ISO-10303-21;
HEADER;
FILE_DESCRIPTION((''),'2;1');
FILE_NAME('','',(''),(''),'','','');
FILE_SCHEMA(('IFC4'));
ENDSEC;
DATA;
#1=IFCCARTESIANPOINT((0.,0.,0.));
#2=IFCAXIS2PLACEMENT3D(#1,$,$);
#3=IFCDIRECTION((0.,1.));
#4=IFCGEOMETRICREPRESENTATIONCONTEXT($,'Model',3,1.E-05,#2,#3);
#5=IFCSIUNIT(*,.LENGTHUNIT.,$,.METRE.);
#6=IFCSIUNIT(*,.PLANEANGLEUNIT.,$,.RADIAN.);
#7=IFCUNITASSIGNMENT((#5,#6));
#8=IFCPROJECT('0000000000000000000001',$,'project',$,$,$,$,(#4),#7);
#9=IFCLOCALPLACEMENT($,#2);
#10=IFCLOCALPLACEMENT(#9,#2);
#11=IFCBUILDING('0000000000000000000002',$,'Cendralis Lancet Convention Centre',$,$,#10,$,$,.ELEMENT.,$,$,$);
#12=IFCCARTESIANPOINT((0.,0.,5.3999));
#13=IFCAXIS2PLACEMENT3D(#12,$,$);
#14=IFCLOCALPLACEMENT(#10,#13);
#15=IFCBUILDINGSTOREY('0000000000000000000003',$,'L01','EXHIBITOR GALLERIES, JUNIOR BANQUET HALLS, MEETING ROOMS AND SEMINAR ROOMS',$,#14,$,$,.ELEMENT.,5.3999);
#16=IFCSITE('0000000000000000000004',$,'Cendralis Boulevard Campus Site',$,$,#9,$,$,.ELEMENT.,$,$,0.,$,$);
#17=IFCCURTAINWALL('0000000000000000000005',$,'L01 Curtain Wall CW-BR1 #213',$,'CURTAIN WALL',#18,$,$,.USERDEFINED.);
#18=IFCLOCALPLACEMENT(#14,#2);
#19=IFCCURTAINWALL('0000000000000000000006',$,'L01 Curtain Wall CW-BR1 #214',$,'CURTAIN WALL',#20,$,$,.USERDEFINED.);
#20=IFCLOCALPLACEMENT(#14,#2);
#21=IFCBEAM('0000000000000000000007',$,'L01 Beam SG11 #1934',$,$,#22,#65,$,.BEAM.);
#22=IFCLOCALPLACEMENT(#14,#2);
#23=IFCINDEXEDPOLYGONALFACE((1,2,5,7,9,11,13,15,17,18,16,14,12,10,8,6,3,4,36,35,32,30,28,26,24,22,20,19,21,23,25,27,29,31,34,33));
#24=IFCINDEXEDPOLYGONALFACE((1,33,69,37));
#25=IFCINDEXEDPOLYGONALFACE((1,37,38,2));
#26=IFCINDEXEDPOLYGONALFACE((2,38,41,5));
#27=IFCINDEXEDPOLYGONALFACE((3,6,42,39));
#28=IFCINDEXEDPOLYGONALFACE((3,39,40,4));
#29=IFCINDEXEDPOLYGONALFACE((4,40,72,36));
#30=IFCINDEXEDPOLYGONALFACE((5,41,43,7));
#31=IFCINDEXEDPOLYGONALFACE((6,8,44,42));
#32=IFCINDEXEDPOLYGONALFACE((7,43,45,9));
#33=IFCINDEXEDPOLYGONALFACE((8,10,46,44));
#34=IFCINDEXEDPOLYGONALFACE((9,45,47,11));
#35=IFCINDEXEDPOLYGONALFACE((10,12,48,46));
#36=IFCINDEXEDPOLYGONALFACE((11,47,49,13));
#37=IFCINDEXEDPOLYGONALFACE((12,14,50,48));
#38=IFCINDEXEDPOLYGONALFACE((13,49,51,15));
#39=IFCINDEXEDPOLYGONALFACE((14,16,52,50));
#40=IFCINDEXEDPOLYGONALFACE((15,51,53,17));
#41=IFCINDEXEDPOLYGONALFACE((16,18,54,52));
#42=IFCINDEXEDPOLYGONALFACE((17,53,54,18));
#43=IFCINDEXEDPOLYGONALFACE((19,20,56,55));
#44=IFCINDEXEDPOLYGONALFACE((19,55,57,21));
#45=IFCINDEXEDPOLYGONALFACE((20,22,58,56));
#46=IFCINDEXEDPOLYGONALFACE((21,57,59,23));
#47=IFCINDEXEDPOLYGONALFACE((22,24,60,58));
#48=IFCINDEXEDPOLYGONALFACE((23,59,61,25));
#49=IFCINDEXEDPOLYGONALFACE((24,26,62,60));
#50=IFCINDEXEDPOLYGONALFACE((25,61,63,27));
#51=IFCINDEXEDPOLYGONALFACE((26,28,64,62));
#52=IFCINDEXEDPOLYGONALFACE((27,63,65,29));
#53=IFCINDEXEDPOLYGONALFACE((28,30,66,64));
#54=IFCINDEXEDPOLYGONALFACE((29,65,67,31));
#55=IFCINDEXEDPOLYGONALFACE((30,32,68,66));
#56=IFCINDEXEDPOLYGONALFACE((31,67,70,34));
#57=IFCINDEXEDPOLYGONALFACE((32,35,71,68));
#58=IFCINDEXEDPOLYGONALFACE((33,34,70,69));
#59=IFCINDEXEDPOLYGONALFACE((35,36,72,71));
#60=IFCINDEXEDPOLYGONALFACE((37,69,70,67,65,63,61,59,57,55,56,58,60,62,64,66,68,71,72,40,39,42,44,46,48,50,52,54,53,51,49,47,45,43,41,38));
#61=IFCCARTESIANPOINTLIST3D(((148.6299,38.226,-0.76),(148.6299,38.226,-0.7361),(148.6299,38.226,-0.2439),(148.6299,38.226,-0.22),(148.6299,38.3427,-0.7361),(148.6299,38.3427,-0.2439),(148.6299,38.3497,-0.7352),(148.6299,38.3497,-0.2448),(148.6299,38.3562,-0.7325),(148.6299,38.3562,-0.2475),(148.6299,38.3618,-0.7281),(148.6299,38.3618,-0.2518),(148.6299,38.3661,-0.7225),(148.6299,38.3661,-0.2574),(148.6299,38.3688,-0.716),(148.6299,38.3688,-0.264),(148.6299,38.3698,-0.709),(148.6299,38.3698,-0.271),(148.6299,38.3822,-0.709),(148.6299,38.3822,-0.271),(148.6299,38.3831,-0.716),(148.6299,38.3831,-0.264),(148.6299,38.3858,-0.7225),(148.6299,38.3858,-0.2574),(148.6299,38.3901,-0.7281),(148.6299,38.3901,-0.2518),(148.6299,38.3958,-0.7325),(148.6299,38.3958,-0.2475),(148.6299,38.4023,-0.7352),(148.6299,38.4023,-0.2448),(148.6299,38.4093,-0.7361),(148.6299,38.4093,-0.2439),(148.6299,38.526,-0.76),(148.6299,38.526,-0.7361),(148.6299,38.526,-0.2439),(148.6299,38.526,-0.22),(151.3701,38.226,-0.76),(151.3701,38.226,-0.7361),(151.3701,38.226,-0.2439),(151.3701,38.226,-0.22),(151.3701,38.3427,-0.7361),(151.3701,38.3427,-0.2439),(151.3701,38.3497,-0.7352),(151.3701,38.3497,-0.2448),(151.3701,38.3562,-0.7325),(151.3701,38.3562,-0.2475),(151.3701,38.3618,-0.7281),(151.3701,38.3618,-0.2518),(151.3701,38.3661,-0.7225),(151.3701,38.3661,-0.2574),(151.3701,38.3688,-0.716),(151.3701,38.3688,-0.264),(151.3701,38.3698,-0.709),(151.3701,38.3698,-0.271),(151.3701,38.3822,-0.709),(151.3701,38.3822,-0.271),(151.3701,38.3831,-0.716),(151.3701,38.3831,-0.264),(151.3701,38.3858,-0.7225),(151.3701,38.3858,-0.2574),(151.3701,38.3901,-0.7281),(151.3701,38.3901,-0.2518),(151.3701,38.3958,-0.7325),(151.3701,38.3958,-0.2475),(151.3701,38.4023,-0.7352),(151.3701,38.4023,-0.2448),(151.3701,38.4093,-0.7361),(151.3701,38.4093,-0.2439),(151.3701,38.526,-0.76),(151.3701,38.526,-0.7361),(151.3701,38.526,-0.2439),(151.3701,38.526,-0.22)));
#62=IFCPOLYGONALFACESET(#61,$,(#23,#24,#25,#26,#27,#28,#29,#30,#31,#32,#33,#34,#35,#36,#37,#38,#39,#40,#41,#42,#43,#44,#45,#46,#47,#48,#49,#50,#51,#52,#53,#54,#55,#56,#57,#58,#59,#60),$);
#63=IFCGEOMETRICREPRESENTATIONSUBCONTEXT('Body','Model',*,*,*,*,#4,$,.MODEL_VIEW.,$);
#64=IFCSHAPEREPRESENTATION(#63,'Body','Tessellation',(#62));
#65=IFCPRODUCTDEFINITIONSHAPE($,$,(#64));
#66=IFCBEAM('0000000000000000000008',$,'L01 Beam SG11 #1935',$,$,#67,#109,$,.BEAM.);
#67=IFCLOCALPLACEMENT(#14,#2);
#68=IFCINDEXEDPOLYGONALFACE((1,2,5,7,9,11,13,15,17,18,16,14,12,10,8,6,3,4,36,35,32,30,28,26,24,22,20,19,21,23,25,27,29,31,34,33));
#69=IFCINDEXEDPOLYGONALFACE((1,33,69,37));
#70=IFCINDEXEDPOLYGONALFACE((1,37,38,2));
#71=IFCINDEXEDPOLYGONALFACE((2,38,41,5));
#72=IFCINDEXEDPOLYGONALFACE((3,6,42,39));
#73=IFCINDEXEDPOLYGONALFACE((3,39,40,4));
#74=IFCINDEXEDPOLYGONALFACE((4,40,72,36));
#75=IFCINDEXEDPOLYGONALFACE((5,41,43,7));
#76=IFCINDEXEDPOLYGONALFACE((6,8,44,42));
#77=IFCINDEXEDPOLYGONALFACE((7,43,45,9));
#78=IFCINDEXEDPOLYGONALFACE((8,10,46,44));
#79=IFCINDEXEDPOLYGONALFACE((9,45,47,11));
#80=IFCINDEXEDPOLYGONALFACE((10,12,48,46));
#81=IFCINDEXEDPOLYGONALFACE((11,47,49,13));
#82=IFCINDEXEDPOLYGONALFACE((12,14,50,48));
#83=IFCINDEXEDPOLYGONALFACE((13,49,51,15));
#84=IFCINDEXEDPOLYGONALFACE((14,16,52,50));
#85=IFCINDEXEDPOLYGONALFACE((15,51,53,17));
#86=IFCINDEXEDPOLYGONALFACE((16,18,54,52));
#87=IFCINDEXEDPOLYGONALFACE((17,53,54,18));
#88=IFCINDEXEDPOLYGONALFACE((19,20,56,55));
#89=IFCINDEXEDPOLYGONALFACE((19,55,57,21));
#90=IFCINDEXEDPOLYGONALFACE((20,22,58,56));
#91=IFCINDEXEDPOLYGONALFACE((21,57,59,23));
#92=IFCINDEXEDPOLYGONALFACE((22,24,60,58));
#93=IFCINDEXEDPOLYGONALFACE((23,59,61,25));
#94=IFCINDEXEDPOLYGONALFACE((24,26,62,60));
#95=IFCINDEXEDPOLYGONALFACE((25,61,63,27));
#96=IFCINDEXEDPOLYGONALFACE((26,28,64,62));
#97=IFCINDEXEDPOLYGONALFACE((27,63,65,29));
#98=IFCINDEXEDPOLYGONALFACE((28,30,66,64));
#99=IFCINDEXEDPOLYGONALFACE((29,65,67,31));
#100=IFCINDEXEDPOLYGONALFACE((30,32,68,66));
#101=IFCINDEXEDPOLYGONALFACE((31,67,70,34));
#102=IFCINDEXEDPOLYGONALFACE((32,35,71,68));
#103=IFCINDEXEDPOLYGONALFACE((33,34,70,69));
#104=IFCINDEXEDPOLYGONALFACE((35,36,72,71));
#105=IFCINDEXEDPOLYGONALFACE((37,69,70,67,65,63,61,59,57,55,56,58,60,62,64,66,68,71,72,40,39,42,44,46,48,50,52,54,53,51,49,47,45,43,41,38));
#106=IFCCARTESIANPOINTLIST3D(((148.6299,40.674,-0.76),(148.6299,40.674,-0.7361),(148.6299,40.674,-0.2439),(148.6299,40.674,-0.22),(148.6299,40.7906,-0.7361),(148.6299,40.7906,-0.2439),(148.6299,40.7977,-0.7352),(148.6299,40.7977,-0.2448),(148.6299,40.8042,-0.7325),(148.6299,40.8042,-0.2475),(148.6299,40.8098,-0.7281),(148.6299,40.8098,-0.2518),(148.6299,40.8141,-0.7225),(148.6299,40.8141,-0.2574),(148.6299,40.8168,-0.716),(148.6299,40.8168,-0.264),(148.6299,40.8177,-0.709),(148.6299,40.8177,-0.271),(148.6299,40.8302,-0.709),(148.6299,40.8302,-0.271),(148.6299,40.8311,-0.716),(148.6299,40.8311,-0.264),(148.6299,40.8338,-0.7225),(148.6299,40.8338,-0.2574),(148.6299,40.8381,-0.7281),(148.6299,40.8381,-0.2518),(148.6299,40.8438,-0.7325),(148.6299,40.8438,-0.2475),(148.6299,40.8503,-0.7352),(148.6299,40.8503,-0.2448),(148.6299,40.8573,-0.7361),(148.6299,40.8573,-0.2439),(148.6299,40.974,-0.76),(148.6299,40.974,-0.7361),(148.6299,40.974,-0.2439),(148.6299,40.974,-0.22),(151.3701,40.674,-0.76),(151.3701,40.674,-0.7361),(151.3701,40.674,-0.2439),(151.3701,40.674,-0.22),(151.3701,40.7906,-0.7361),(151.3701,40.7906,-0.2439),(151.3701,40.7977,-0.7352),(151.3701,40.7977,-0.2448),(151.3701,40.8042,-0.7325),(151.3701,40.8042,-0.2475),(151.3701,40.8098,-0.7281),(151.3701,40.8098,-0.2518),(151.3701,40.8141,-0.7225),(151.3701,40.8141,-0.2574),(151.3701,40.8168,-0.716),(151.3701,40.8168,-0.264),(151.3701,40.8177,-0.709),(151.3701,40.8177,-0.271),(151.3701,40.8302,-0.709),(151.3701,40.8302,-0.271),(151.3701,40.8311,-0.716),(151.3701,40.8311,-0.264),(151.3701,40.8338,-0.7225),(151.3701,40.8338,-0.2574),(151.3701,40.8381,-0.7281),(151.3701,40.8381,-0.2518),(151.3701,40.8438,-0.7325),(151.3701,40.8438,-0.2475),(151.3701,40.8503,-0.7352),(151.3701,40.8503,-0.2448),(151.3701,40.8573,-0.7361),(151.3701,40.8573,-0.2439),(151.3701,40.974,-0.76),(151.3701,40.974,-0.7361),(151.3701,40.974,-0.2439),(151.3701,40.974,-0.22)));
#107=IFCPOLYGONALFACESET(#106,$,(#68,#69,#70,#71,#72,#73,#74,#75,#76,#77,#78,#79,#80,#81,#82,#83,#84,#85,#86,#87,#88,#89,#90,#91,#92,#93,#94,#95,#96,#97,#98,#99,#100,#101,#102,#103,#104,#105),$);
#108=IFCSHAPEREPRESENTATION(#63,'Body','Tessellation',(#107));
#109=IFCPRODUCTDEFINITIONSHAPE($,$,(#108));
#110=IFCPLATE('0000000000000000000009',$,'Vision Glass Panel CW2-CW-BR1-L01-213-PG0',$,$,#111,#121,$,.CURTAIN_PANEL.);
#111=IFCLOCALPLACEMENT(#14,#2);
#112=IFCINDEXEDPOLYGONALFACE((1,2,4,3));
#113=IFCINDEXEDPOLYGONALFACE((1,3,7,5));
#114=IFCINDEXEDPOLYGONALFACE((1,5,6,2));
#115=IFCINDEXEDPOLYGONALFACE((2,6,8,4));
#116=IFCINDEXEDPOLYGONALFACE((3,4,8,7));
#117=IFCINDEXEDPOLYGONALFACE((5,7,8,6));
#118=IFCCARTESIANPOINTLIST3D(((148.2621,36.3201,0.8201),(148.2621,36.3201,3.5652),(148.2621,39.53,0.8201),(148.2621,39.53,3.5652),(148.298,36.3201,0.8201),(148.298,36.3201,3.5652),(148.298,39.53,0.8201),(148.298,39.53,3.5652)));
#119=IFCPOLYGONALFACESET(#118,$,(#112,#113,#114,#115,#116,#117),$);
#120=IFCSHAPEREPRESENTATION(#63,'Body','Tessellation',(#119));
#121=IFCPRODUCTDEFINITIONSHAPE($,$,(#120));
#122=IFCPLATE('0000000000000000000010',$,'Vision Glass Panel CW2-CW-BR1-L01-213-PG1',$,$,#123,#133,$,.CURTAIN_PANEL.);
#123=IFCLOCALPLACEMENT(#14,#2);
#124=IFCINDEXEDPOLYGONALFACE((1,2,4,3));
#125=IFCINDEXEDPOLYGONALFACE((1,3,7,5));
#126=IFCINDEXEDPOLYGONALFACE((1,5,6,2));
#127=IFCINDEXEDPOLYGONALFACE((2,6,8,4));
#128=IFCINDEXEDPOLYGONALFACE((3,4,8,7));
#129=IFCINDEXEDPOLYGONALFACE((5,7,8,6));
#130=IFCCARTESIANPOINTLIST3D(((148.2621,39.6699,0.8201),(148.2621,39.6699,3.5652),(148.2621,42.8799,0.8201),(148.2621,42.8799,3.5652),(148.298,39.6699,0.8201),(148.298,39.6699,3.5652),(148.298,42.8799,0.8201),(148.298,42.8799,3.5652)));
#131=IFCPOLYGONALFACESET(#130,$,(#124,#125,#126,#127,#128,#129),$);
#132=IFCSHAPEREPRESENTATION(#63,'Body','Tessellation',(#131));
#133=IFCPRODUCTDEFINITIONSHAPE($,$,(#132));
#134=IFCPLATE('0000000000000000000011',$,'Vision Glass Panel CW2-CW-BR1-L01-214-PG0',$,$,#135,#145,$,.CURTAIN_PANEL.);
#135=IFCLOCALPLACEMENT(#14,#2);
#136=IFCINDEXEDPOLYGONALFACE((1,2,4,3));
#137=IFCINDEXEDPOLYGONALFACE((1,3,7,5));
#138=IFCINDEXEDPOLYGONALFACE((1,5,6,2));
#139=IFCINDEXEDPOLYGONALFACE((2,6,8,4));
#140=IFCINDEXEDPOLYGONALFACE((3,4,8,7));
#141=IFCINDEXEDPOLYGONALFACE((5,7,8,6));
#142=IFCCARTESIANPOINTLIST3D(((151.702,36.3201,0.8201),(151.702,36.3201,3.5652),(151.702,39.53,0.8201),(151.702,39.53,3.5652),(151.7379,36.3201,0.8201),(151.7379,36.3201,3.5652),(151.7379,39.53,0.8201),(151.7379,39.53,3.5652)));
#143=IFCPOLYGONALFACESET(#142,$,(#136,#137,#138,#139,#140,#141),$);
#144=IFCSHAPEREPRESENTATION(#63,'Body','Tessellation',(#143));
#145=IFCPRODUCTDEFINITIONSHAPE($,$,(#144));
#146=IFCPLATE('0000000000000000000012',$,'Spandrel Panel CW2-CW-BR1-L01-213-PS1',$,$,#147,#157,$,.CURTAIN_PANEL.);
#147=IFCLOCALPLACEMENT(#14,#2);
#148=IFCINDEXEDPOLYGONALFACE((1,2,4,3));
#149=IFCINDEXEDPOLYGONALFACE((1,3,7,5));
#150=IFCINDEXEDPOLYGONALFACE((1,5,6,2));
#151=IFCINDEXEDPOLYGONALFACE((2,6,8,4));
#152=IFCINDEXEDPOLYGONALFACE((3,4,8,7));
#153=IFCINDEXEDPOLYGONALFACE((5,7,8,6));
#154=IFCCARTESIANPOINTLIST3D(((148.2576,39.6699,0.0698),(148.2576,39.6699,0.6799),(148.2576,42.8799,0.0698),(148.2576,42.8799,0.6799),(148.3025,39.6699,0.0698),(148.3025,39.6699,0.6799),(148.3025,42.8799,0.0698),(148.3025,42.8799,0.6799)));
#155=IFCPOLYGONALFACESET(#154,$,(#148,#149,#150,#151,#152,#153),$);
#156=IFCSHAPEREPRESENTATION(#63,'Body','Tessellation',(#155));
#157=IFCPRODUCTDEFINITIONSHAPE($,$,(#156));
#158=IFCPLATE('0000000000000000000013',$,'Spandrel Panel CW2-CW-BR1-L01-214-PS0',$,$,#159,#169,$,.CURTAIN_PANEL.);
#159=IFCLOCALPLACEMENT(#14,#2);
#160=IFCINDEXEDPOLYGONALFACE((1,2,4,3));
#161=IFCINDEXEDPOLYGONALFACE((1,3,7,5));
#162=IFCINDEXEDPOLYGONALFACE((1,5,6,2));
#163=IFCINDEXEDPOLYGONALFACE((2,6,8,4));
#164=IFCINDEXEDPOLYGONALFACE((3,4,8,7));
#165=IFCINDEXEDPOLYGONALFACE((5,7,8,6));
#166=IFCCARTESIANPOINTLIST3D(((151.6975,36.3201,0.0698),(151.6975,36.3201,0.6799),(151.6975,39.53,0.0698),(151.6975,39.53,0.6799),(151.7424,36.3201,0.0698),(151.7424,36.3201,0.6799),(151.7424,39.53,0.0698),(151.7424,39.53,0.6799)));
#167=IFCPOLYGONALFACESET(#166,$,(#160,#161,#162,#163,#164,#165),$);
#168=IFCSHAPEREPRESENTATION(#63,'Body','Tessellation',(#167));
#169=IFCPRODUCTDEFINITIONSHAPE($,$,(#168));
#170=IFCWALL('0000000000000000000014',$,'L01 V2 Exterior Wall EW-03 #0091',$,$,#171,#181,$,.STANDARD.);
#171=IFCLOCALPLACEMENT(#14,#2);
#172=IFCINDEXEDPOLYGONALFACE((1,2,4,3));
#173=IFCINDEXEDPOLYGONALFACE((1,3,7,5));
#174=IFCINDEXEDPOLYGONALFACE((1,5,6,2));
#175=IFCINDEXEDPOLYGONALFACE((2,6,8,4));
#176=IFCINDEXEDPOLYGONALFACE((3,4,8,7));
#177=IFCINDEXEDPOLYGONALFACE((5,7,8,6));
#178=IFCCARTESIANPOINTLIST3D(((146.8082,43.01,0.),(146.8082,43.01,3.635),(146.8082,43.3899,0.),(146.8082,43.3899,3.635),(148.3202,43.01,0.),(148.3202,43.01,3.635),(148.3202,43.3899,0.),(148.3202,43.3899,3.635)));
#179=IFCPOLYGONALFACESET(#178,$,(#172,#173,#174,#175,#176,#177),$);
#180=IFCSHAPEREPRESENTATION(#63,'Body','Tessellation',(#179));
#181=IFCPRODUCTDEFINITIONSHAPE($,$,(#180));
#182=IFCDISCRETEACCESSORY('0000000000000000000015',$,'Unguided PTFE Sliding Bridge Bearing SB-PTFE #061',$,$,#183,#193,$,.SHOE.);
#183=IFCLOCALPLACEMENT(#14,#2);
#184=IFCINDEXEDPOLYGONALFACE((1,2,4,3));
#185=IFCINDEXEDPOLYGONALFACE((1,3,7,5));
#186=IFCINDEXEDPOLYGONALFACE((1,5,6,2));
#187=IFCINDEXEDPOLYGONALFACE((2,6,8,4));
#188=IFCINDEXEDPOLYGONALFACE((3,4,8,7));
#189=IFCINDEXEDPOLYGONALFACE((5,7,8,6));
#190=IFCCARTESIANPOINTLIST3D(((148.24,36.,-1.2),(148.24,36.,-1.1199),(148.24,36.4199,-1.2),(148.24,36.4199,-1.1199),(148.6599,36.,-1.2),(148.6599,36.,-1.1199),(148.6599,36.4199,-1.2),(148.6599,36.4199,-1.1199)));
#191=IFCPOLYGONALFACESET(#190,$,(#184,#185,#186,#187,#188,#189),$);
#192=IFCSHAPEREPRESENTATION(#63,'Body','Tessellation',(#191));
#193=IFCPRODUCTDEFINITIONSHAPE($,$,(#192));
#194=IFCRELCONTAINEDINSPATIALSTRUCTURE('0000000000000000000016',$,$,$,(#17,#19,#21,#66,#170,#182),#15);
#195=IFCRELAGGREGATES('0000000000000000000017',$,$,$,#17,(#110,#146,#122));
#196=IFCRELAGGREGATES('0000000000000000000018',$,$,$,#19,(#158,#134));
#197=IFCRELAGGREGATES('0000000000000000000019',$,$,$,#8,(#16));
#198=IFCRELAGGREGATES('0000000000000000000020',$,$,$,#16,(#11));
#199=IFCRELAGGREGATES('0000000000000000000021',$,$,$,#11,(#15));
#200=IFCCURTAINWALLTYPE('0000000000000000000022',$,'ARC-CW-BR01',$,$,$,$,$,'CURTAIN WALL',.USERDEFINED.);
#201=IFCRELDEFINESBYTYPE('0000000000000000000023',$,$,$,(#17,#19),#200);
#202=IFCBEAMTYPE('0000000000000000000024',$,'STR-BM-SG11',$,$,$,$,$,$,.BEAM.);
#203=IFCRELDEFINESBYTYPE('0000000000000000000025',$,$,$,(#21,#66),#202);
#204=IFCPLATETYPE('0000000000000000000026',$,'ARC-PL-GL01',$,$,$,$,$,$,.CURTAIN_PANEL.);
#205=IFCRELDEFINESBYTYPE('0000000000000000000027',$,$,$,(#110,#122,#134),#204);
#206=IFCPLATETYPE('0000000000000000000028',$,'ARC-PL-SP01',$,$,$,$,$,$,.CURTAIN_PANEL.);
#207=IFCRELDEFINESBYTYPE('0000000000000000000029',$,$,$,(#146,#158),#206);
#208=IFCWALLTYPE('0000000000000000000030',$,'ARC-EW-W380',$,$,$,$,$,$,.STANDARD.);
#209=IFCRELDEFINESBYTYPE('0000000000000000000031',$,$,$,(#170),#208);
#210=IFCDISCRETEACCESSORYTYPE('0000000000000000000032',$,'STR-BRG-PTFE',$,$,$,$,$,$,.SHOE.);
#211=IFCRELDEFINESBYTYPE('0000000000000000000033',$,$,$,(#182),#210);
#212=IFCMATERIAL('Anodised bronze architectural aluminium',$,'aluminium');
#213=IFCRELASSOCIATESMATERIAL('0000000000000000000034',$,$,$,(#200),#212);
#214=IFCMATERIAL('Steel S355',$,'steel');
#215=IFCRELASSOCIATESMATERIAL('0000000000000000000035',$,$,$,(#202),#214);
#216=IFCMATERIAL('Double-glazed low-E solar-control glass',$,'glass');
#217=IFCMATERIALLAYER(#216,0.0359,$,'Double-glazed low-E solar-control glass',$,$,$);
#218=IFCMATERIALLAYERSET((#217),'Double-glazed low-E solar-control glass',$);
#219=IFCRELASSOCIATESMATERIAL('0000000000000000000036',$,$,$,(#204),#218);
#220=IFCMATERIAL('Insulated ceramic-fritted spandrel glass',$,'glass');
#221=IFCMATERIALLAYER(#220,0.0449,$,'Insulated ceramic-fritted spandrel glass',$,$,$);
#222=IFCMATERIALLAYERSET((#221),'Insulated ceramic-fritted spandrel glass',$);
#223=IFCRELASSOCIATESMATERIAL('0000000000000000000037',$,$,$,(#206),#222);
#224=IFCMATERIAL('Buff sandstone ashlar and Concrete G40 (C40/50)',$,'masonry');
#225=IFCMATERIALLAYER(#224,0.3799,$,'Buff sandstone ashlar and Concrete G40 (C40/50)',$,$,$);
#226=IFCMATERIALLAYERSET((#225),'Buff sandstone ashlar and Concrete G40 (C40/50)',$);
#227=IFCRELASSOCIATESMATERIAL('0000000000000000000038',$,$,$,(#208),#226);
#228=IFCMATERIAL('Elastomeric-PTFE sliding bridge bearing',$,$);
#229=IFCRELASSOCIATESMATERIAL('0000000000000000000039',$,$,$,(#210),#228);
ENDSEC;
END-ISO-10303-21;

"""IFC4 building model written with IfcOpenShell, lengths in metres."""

from ifc_helpers import new_model, si_unit, direction, frame, frame_2d, origin, origin_2d, place, context, subcontext, project, spatial, rectangle, i_section, extrude, material, layer, layer_set, material_profile, profile_set, type_object, element, aggregate, save


model = new_model("IFC4")

# Units and contexts
model_context = context("Model", 3, precision=1e-05, world=origin(), true_north=direction((0.0, 1.0)))
body_context = subcontext(model_context, "Body", "Model", "MODEL_VIEW")
ifc_project = project(units=[si_unit("LENGTHUNIT", "METRE"), si_unit("PLANEANGLEUNIT", "RADIAN")], contexts=[model_context])

# Site, building, storey
site_placement = place(None, origin())
site = spatial("IfcSite", under=ifc_project, at=site_placement, Name="Cendralis Boulevard Campus Site", CompositionType="ELEMENT", RefElevation=0.0)
building_placement = place(site_placement, origin())
building = spatial("IfcBuilding", under=site, at=building_placement, Name="Cendralis Lancet Convention Centre", CompositionType="ELEMENT")
storey_placement = place(building_placement, frame((0.0, 0.0, 5.3999)))
storey = spatial("IfcBuildingStorey", under=building, at=storey_placement, Name="L01", Description="EXHIBITOR GALLERIES, JUNIOR BANQUET HALLS, MEETING ROOMS AND SEMINAR ROOMS", CompositionType="ELEMENT", Elevation=5.3999)

# Curtain wall
ifc_material_1 = material(Name="Anodised bronze architectural aluminium", Category="aluminium")
curtain_wall_type = type_object("IfcCurtainWallType", Name="ARC-CW-BR01", ElementType="CURTAIN WALL", PredefinedType="USERDEFINED", material=ifc_material_1)
curtain_wall_1_placement = place(storey_placement, origin())
curtain_wall_1 = element("IfcCurtainWall", 1, at=curtain_wall_1_placement, inside=storey, type_object=curtain_wall_type, Name="L01 Curtain Wall CW-BR1 #213", ObjectType="CURTAIN WALL", PredefinedType="USERDEFINED")

# Curtain wall
curtain_wall_2_placement = place(storey_placement, origin())
curtain_wall_2 = element("IfcCurtainWall", 2, at=curtain_wall_2_placement, inside=storey, type_object=curtain_wall_type, Name="L01 Curtain Wall CW-BR1 #214", ObjectType="CURTAIN WALL", PredefinedType="USERDEFINED")

# Beams
ifc_material_2 = material(Name="Steel S355", Category="steel")
ifc_material_profile_1 = material_profile(ifc_material_2, i_section(OverallWidth=0.3, OverallDepth=0.54, WebThickness=0.0125, FlangeThickness=0.0239, FilletRadius=0.0271, at=origin_2d()), Name="HEA 550")
ifc_profile_set_1 = profile_set([ifc_material_profile_1], Name="Steel S355")
beam_type = type_object("IfcBeamType", Name="STR-BM-SG11", PredefinedType="BEAM", material=ifc_profile_set_1)
for number, where, z_axis, x_axis, name in (
    (3, (148.6299, 38.376, -0.49), (1.0, 0.0, 0.0), (0.0, 1.0, 0.0), "L01 Beam SG11 #1934"),
    (4, (148.6299, 40.824, -0.49), (1.0, 0.0, 0.0), (0.0, 1.0, 0.0), "L01 Beam SG11 #1935"),
):
    element("IfcBeam", number, at=place(storey_placement, frame(where, z_axis=z_axis, x_axis=x_axis)), inside=storey, type_object=beam_type, Name=name, PredefinedType="BEAM", context=body_context, shape_type="SweptSolid", body=[
        extrude(i_section(OverallWidth=0.3, OverallDepth=0.54, WebThickness=0.0125, FlangeThickness=0.0239, FilletRadius=0.0271, at=origin_2d()), origin(), (0.0, 0.0, 1.0), 2.7402),
    ])

# Plates
ifc_material_3 = material(Name="Double-glazed low-E solar-control glass", Category="glass")
ifc_layer_1 = layer(ifc_material_3, 0.0359, Name="Double-glazed low-E solar-control glass")
ifc_layer_set_1 = layer_set([ifc_layer_1], Name="Double-glazed low-E solar-control glass")
plate_type_1 = type_object("IfcPlateType", Name="ARC-PL-GL01", PredefinedType="CURTAIN_PANEL", material=ifc_layer_set_1)
plate_1_placement = place(storey_placement, frame((148.28, 37.925, 0.8201), z_axis=(0.0, 0.0, 1.0), x_axis=(0.0, 1.0, 0.0)))
plate_1 = element("IfcPlate", 5, at=plate_1_placement, type_object=plate_type_1, Name="Vision Glass Panel CW2-CW-BR1-L01-213-PG0", PredefinedType="CURTAIN_PANEL", context=body_context, shape_type="SweptSolid", body=[
    extrude(rectangle(XDim=3.21, YDim=0.0359, at=origin_2d()), origin(), (0.0, 0.0, 1.0), 2.7451),
])
plate_2_placement = place(storey_placement, frame((148.28, 41.2749, 0.8201), z_axis=(0.0, 0.0, 1.0), x_axis=(0.0, 1.0, 0.0)))
plate_2 = element("IfcPlate", 6, at=plate_2_placement, type_object=plate_type_1, Name="Vision Glass Panel CW2-CW-BR1-L01-213-PG1", PredefinedType="CURTAIN_PANEL", context=body_context, shape_type="SweptSolid", body=[
    extrude(rectangle(XDim=3.21, YDim=0.0359, at=origin_2d()), origin(), (0.0, 0.0, 1.0), 2.7451),
])
plate_3_placement = place(storey_placement, frame((151.72, 37.925, 0.8201), z_axis=(0.0, 0.0, 1.0), x_axis=(0.0, 1.0, 0.0)))
plate_3 = element("IfcPlate", 7, at=plate_3_placement, type_object=plate_type_1, Name="Vision Glass Panel CW2-CW-BR1-L01-214-PG0", PredefinedType="CURTAIN_PANEL", context=body_context, shape_type="SweptSolid", body=[
    extrude(rectangle(XDim=3.21, YDim=0.0359, at=origin_2d()), origin(), (0.0, 0.0, 1.0), 2.7451),
])
ifc_material_4 = material(Name="Insulated ceramic-fritted spandrel glass", Category="glass")
ifc_layer_2 = layer(ifc_material_4, 0.0449, Name="Insulated ceramic-fritted spandrel glass")
ifc_layer_set_2 = layer_set([ifc_layer_2], Name="Insulated ceramic-fritted spandrel glass")
plate_type_2 = type_object("IfcPlateType", Name="ARC-PL-SP01", PredefinedType="CURTAIN_PANEL", material=ifc_layer_set_2)
plate_4_placement = place(storey_placement, frame((148.28, 41.2749, 0.0698), z_axis=(0.0, 0.0, 1.0), x_axis=(0.0, 1.0, 0.0)))
plate_4 = element("IfcPlate", 8, at=plate_4_placement, type_object=plate_type_2, Name="Spandrel Panel CW2-CW-BR1-L01-213-PS1", PredefinedType="CURTAIN_PANEL", context=body_context, shape_type="SweptSolid", body=[
    extrude(rectangle(XDim=3.21, YDim=0.0449, at=origin_2d()), origin(), (0.0, 0.0, 1.0), 0.6101),
])
aggregate(curtain_wall_1, [plate_1, plate_4, plate_2])
plate_5_placement = place(storey_placement, frame((151.72, 37.925, 0.0698), z_axis=(0.0, 0.0, 1.0), x_axis=(0.0, 1.0, 0.0)))
plate_5 = element("IfcPlate", 9, at=plate_5_placement, type_object=plate_type_2, Name="Spandrel Panel CW2-CW-BR1-L01-214-PS0", PredefinedType="CURTAIN_PANEL", context=body_context, shape_type="SweptSolid", body=[
    extrude(rectangle(XDim=3.21, YDim=0.0449, at=origin_2d()), origin(), (0.0, 0.0, 1.0), 0.6101),
])
aggregate(curtain_wall_2, [plate_5, plate_3])

# Wall
ifc_material_5 = material(Name="Buff sandstone ashlar and Concrete G40 (C40/50)", Category="masonry")
ifc_layer_3 = layer(ifc_material_5, 0.3799, Name="Buff sandstone ashlar and Concrete G40 (C40/50)")
ifc_layer_set_3 = layer_set([ifc_layer_3], Name="Buff sandstone ashlar and Concrete G40 (C40/50)")
wall_type = type_object("IfcWallType", Name="ARC-EW-W380", PredefinedType="STANDARD", material=ifc_layer_set_3)
wall_placement = place(storey_placement, frame((148.3201, 43.2, 0.0), z_axis=(0.0, 0.0, 1.0), x_axis=(-1.0, 0.0, 0.0)))
element("IfcWall", 10, at=wall_placement, inside=storey, type_object=wall_type, Name="L01 V2 Exterior Wall EW-03 #0091", PredefinedType="STANDARD", context=body_context, shape_type="SweptSolid", body=[
    extrude(rectangle(XDim=1.512, YDim=0.3799, at=frame_2d((0.7559, 0.0))), origin(), (0.0, 0.0, 1.0), 3.635),
])

# Discrete accessory
ifc_material_6 = material(Name="Elastomeric-PTFE sliding bridge bearing")
discrete_accessory_type = type_object("IfcDiscreteAccessoryType", Name="STR-BRG-PTFE", PredefinedType="SHOE", material=ifc_material_6)
for number, where, z_axis, x_axis, name in (
    (11, (148.45, 36.21, -1.2), (0.0, 0.0, 1.0), (1.0, 0.0, 0.0), "Unguided PTFE Sliding Bridge Bearing SB-PTFE #061"),
):
    element("IfcDiscreteAccessory", number, at=place(storey_placement, frame(where, z_axis=z_axis, x_axis=x_axis)), inside=storey, type_object=discrete_accessory_type, Name=name, PredefinedType="SHOE", context=body_context, shape_type="SweptSolid", body=[
        extrude(rectangle(XDim=0.4199, YDim=0.4199, at=origin_2d()), origin(), (0.0, 0.0, 1.0), 0.0801),
    ])

save(model, "model.ifc")
